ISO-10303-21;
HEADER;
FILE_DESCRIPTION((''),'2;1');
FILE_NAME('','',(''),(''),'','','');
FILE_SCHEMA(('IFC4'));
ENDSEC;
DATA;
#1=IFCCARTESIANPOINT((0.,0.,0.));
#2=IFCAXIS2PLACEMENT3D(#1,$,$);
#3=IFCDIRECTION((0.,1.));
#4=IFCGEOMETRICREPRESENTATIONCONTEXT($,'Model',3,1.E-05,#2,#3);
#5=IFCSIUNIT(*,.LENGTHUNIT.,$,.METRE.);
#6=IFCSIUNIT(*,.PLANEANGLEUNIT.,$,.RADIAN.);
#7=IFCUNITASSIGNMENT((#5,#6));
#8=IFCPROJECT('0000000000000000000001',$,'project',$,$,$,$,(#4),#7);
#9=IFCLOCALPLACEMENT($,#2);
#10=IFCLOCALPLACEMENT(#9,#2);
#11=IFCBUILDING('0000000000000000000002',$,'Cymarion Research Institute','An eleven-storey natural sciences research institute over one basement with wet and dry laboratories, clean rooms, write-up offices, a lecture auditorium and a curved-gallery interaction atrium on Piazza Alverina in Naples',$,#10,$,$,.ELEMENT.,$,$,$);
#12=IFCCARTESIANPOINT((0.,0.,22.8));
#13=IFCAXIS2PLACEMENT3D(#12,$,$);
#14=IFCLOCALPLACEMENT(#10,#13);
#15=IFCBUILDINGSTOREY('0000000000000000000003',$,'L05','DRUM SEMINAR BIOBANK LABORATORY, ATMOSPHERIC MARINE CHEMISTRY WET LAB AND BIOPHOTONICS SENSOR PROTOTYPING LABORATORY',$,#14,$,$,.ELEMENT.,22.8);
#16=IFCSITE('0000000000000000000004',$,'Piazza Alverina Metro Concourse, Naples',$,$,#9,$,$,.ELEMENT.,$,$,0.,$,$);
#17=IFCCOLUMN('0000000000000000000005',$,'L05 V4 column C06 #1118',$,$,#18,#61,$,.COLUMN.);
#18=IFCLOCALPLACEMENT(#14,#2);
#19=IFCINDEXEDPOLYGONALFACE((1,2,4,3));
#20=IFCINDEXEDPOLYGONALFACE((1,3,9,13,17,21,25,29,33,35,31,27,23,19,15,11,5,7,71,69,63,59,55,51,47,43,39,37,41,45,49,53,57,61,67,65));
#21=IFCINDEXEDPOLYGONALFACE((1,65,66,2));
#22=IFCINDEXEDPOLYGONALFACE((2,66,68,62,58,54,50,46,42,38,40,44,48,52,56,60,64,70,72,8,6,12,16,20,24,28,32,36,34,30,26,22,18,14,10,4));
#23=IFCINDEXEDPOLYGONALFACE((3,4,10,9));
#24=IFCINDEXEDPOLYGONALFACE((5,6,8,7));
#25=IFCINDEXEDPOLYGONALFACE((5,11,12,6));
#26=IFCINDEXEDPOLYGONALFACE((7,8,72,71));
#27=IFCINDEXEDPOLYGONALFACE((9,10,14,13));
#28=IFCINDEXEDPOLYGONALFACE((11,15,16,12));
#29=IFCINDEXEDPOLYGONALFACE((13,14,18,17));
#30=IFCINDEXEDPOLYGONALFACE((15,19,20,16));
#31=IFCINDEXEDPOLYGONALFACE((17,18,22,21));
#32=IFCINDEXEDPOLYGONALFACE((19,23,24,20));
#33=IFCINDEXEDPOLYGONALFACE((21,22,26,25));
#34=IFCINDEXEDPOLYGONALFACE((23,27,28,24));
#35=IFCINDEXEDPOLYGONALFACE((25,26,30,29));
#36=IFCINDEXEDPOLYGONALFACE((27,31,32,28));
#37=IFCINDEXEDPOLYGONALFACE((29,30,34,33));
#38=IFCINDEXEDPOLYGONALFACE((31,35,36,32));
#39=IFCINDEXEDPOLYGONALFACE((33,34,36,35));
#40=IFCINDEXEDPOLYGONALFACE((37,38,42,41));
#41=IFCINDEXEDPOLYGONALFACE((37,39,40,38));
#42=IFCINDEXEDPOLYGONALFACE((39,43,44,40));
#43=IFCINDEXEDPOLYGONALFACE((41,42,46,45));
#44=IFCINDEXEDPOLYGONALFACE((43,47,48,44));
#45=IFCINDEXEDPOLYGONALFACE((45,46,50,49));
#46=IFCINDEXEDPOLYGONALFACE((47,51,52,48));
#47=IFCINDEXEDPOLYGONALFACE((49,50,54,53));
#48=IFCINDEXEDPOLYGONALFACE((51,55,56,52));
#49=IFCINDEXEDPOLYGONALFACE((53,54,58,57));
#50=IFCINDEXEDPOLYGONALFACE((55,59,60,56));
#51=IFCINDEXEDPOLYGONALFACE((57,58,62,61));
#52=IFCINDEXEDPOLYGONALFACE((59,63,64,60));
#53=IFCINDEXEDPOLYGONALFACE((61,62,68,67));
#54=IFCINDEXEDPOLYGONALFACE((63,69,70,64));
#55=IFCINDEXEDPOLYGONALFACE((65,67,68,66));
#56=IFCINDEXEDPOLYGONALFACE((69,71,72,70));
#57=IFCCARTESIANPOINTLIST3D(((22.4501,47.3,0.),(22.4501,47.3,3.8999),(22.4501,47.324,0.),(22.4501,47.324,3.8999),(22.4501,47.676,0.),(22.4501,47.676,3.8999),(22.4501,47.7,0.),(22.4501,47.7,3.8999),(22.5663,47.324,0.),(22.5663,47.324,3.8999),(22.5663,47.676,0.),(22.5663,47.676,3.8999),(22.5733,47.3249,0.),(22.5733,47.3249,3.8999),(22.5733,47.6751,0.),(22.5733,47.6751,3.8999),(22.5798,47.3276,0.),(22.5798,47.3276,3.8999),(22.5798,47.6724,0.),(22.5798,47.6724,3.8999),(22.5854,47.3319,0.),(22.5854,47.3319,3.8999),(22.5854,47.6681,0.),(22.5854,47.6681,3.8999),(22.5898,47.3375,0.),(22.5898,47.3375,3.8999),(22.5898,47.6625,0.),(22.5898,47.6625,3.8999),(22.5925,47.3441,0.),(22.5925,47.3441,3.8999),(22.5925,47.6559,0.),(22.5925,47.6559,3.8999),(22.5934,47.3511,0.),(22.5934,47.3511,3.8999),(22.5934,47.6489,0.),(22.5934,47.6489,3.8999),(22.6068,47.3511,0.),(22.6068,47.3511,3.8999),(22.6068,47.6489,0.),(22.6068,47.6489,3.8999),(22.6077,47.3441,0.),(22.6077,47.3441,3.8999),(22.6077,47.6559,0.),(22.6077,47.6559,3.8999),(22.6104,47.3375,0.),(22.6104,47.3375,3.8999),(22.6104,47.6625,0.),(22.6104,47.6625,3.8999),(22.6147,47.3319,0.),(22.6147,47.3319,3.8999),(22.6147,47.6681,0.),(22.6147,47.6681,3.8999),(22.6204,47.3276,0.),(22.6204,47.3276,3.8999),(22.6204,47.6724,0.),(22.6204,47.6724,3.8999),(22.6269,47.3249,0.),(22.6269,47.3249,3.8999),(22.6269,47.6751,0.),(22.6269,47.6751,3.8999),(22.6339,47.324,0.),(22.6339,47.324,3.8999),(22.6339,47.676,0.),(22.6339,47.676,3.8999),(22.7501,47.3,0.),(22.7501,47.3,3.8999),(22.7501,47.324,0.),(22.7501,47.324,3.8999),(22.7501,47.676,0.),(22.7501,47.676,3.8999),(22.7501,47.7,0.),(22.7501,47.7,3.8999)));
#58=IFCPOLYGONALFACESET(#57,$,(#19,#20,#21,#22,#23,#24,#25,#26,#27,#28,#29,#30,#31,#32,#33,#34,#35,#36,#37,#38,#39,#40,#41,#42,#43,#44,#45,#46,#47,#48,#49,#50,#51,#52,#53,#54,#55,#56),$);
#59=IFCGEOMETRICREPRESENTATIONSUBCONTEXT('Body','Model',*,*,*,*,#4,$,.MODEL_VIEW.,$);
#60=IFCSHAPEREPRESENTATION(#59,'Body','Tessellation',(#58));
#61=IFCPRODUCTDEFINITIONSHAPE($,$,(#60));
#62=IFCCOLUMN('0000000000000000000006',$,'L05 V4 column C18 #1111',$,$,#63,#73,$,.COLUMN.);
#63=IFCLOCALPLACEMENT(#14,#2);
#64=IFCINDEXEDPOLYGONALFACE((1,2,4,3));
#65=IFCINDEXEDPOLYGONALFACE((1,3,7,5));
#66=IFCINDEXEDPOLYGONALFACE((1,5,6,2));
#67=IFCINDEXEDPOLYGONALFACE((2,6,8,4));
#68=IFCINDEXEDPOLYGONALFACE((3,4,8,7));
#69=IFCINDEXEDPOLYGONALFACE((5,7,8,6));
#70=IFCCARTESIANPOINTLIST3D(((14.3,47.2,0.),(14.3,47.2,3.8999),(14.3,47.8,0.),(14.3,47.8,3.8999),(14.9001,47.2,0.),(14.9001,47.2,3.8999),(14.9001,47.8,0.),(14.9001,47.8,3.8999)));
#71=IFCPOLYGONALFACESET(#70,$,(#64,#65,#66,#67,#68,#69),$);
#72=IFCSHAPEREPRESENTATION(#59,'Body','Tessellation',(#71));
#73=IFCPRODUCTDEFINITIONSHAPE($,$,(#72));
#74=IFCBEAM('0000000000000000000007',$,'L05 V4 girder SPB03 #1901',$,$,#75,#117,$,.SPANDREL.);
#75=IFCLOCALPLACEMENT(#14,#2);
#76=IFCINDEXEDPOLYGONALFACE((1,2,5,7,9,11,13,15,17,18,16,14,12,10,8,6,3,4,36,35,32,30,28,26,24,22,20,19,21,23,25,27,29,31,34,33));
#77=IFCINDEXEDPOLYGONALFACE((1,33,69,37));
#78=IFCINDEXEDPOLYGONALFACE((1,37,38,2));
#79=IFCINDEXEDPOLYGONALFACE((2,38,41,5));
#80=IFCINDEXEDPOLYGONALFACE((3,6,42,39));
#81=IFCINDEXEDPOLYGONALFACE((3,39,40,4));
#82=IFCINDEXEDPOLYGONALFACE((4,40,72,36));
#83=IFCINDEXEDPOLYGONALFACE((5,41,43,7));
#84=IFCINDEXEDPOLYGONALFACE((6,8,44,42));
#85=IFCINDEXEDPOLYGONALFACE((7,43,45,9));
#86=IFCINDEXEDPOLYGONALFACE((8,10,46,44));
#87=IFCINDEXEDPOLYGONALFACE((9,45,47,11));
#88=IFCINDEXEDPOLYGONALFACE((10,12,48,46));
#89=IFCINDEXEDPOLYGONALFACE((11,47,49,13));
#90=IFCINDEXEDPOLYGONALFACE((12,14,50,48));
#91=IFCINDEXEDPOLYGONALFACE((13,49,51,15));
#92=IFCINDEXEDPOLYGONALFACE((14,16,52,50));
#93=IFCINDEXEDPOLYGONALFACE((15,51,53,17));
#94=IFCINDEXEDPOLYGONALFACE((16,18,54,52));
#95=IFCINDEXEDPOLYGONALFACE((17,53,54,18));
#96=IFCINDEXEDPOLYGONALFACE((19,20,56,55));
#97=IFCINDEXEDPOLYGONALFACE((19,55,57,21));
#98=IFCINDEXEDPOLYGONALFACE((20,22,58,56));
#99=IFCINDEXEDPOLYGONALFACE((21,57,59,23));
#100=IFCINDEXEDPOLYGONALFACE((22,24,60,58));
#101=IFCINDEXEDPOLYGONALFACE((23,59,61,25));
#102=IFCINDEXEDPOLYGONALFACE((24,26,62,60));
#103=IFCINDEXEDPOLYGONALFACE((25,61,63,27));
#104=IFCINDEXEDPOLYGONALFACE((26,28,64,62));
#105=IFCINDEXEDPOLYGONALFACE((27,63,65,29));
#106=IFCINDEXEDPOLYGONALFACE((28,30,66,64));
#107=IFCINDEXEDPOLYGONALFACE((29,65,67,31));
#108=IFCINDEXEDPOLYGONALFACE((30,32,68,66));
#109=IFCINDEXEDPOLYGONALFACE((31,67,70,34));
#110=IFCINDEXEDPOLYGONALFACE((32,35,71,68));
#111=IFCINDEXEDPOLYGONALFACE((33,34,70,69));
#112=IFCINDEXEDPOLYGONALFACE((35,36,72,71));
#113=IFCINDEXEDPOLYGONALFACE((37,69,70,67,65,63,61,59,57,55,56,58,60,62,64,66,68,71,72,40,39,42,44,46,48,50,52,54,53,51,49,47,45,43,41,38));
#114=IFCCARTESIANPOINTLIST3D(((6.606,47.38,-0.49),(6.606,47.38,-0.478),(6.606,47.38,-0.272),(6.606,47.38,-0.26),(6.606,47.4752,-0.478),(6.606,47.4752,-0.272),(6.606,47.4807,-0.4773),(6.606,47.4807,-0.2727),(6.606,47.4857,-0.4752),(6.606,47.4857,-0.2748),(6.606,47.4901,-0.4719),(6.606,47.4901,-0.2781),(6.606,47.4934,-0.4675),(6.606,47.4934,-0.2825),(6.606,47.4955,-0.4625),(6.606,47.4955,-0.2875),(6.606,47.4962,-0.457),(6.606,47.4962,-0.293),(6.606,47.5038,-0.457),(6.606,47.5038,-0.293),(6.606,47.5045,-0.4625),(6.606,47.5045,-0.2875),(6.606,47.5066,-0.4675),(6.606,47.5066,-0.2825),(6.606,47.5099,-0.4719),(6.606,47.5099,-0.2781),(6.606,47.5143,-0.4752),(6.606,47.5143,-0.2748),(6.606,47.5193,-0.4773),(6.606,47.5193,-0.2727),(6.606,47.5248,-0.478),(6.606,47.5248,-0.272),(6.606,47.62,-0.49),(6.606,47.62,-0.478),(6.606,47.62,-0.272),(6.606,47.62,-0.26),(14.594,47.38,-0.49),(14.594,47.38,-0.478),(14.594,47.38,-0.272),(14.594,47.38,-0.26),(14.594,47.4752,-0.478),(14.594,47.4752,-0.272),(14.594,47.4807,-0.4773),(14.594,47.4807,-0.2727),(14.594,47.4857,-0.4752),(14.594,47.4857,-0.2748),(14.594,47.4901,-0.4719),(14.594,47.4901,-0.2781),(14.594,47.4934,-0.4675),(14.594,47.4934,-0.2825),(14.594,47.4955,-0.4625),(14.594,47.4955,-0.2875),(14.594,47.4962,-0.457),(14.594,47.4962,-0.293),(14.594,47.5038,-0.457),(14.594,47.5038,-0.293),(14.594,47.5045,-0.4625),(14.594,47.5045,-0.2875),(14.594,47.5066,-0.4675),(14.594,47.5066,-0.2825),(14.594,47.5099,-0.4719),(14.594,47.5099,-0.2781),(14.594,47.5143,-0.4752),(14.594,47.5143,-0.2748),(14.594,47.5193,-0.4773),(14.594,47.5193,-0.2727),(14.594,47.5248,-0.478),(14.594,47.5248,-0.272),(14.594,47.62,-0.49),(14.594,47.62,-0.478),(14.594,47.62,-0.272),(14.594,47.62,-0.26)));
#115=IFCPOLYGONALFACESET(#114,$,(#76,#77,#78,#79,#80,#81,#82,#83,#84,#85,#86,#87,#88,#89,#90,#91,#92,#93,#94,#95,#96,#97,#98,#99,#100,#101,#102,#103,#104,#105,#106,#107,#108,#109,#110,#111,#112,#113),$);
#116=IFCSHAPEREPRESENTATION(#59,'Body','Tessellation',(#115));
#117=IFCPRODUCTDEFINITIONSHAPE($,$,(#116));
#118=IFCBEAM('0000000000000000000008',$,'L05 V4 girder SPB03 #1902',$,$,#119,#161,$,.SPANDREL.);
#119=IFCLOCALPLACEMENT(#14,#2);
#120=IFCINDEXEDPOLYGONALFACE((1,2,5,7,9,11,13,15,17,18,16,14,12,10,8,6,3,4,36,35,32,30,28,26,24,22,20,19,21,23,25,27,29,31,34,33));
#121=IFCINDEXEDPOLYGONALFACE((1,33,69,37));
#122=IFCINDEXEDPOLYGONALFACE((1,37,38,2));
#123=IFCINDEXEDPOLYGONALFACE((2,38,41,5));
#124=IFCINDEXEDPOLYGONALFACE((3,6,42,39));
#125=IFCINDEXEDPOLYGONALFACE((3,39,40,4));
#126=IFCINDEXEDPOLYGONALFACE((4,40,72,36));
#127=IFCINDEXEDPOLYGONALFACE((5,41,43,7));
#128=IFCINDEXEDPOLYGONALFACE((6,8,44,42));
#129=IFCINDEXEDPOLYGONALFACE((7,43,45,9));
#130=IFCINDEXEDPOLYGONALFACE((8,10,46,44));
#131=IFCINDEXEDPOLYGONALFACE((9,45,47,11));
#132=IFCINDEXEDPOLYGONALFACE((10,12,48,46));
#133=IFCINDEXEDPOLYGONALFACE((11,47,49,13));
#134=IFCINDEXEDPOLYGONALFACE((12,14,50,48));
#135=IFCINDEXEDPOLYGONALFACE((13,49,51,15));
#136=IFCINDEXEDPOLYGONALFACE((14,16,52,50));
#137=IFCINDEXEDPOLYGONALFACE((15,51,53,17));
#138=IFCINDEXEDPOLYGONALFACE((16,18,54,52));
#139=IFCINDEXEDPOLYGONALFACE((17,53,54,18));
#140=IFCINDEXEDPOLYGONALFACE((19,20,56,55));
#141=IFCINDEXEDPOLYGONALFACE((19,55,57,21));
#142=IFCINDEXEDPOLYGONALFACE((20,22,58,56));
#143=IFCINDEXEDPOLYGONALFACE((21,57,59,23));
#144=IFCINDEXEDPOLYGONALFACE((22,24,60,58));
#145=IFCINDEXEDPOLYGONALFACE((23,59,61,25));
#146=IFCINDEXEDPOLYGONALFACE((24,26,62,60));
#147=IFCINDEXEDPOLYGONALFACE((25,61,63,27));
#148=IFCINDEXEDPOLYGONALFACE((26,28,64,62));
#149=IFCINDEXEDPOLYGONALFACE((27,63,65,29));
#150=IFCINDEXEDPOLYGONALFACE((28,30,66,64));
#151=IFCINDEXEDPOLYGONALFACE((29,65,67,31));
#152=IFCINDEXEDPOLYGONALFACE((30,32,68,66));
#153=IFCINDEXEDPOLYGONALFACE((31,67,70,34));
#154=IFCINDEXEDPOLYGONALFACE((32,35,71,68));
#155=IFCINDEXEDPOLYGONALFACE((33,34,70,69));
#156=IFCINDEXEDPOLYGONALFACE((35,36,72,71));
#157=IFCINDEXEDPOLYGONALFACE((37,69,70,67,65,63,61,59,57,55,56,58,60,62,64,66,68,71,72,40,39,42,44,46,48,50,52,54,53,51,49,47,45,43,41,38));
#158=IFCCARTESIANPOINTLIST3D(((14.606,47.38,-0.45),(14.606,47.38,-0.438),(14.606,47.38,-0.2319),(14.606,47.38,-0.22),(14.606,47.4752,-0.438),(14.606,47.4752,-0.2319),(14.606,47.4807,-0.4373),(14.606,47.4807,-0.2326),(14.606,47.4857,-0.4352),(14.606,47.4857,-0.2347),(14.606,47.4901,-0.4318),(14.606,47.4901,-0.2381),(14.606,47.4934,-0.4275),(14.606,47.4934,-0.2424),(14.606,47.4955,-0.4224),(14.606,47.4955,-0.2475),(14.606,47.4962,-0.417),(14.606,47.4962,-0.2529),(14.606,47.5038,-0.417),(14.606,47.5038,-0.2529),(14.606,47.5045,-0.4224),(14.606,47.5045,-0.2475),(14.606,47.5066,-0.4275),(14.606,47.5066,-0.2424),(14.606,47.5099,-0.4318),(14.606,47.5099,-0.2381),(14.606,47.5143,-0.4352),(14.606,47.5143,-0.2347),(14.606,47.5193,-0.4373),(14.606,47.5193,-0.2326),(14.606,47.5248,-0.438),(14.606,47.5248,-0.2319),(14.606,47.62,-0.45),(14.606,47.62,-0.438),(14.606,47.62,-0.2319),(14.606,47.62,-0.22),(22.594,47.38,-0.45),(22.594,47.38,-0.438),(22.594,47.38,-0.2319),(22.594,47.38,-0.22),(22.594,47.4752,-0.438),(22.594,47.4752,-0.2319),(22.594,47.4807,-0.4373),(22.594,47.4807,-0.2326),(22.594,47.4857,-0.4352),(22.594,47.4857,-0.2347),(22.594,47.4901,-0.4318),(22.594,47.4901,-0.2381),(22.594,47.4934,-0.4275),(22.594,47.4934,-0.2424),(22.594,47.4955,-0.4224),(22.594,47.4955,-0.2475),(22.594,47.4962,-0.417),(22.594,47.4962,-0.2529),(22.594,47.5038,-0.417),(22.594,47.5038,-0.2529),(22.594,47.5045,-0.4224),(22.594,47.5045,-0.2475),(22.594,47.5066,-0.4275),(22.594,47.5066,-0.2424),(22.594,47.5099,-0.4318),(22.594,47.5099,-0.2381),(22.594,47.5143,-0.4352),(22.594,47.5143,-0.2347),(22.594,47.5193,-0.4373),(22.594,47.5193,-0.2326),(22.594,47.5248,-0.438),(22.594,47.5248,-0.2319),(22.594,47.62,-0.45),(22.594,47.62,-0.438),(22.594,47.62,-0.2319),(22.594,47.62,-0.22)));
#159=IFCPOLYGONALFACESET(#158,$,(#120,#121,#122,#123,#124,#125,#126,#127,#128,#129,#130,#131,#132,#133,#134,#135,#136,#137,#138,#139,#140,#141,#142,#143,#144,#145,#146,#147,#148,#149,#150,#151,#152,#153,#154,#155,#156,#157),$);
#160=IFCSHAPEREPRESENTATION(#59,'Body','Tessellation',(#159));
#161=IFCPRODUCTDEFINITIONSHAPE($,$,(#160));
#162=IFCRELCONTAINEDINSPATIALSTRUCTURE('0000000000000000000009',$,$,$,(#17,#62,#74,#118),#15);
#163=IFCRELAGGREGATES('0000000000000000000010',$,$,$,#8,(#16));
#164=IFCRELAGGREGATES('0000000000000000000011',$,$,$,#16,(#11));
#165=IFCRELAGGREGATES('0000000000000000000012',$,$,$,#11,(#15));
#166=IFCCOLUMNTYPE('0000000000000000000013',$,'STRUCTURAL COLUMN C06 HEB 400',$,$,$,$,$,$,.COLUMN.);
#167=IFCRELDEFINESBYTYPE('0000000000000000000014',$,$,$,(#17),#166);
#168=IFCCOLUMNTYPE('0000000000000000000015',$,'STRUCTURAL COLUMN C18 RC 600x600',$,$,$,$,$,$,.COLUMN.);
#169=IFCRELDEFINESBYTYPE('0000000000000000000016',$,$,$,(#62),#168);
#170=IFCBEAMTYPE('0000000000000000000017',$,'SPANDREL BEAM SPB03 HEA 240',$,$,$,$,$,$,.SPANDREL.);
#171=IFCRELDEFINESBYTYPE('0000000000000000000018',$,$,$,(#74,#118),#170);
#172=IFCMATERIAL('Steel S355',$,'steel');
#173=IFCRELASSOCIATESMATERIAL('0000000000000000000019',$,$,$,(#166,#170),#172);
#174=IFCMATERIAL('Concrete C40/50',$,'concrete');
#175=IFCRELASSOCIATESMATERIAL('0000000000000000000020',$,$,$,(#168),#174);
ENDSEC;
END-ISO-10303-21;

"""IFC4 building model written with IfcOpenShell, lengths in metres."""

from ifc_helpers import new_model, si_unit, direction, frame, origin, origin_2d, place, context, subcontext, project, spatial, rectangle, i_section, extrude, material, material_profile, profile_set, type_object, element, save


model = new_model("IFC4")

# Units and contexts
model_context = context("Model", 3, precision=1e-05, world=origin(), true_north=direction((0.0, 1.0)))
body_context = subcontext(model_context, "Body", "Model", "MODEL_VIEW")
ifc_project = project(units=[si_unit("LENGTHUNIT", "METRE"), si_unit("PLANEANGLEUNIT", "RADIAN")], contexts=[model_context])

# Site, building, storey
site_placement = place(None, origin())
site = spatial("IfcSite", under=ifc_project, at=site_placement, Name="Piazza Alverina Metro Concourse, Naples", CompositionType="ELEMENT", RefElevation=0.0)
building_placement = place(site_placement, origin())
building = spatial("IfcBuilding", under=site, at=building_placement, Name="Cymarion Research Institute", Description="An eleven-storey natural sciences research institute over one basement with wet and dry laboratories, clean rooms, write-up offices, a lecture auditorium and a curved-gallery interaction atrium on Piazza Alverina in Naples", CompositionType="ELEMENT")
storey_placement = place(building_placement, frame((0.0, 0.0, 22.8)))
storey = spatial("IfcBuildingStorey", under=building, at=storey_placement, Name="L05", Description="DRUM SEMINAR BIOBANK LABORATORY, ATMOSPHERIC MARINE CHEMISTRY WET LAB AND BIOPHOTONICS SENSOR PROTOTYPING LABORATORY", CompositionType="ELEMENT", Elevation=22.8)

# Columns
ifc_material_1 = material(Name="Steel S355", Category="steel")
ifc_material_profile_1 = material_profile(ifc_material_1, i_section(OverallWidth=0.3, OverallDepth=0.3999, WebThickness=0.0134, FlangeThickness=0.0239, FilletRadius=0.0271, at=origin_2d()), Name="HEB 400")
ifc_profile_set_1 = profile_set([ifc_material_profile_1], Name="Steel S355")
column_type_1 = type_object("IfcColumnType", Name="STRUCTURAL COLUMN C06 HEB 400", PredefinedType="COLUMN", material=ifc_profile_set_1)
column_1_placement = place(storey_placement, frame((22.6001, 47.5, 0.0), z_axis=(0.0, 0.0, 1.0), x_axis=(1.0, 0.0, 0.0)))
element("IfcColumn", 1, at=column_1_placement, inside=storey, type_object=column_type_1, Name="L05 V4 column C06 #1118", PredefinedType="COLUMN", context=body_context, shape_type="SweptSolid", body=[
    extrude(i_section(OverallWidth=0.3, OverallDepth=0.3999, WebThickness=0.0134, FlangeThickness=0.0239, FilletRadius=0.0271, at=origin_2d()), origin(), (0.0, 0.0, 1.0), 3.8999),
])
ifc_material_2 = material(Name="Concrete C40/50", Category="concrete")
ifc_material_profile_2 = material_profile(ifc_material_2, rectangle(XDim=0.6001, YDim=0.6001, at=origin_2d()), Name="RC 600x600")
ifc_profile_set_2 = profile_set([ifc_material_profile_2], Name="Concrete C40/50")
column_type_2 = type_object("IfcColumnType", Name="STRUCTURAL COLUMN C18 RC 600x600", PredefinedType="COLUMN", material=ifc_profile_set_2)
column_2_placement = place(storey_placement, frame((14.6001, 47.5, 0.0), z_axis=(0.0, 0.0, 1.0), x_axis=(1.0, 0.0, 0.0)))
element("IfcColumn", 2, at=column_2_placement, inside=storey, type_object=column_type_2, Name="L05 V4 column C18 #1111", PredefinedType="COLUMN", context=body_context, shape_type="SweptSolid", body=[
    extrude(rectangle(XDim=0.6001, YDim=0.6001, at=origin_2d()), origin(), (0.0, 0.0, 1.0), 3.8999),
])

# Beams
ifc_material_profile_3 = material_profile(ifc_material_1, i_section(OverallWidth=0.24, OverallDepth=0.23, WebThickness=0.0076, FlangeThickness=0.012, FilletRadius=0.021, at=origin_2d()), Name="HEA 240")
ifc_profile_set_3 = profile_set([ifc_material_profile_3], Name="Steel S355")
beam_type = type_object("IfcBeamType", Name="SPANDREL BEAM SPB03 HEA 240", PredefinedType="SPANDREL", material=ifc_profile_set_3)
for number, where, z_axis, x_axis, name in (
    (3, (6.606, 47.5, -0.375), (1.0, 0.0, 0.0), (0.0, 1.0, 0.0), "L05 V4 girder SPB03 #1901"),
    (4, (14.606, 47.5, -0.335), (1.0, 0.0, 0.0), (0.0, 1.0, 0.0), "L05 V4 girder SPB03 #1902"),
):
    element("IfcBeam", number, at=place(storey_placement, frame(where, z_axis=z_axis, x_axis=x_axis)), inside=storey, type_object=beam_type, Name=name, PredefinedType="SPANDREL", context=body_context, shape_type="SweptSolid", body=[
        extrude(i_section(OverallWidth=0.24, OverallDepth=0.23, WebThickness=0.0076, FlangeThickness=0.012, FilletRadius=0.021, at=origin_2d()), origin(), (0.0, 0.0, 1.0), 7.988),
    ])

save(model, "model.ifc")
